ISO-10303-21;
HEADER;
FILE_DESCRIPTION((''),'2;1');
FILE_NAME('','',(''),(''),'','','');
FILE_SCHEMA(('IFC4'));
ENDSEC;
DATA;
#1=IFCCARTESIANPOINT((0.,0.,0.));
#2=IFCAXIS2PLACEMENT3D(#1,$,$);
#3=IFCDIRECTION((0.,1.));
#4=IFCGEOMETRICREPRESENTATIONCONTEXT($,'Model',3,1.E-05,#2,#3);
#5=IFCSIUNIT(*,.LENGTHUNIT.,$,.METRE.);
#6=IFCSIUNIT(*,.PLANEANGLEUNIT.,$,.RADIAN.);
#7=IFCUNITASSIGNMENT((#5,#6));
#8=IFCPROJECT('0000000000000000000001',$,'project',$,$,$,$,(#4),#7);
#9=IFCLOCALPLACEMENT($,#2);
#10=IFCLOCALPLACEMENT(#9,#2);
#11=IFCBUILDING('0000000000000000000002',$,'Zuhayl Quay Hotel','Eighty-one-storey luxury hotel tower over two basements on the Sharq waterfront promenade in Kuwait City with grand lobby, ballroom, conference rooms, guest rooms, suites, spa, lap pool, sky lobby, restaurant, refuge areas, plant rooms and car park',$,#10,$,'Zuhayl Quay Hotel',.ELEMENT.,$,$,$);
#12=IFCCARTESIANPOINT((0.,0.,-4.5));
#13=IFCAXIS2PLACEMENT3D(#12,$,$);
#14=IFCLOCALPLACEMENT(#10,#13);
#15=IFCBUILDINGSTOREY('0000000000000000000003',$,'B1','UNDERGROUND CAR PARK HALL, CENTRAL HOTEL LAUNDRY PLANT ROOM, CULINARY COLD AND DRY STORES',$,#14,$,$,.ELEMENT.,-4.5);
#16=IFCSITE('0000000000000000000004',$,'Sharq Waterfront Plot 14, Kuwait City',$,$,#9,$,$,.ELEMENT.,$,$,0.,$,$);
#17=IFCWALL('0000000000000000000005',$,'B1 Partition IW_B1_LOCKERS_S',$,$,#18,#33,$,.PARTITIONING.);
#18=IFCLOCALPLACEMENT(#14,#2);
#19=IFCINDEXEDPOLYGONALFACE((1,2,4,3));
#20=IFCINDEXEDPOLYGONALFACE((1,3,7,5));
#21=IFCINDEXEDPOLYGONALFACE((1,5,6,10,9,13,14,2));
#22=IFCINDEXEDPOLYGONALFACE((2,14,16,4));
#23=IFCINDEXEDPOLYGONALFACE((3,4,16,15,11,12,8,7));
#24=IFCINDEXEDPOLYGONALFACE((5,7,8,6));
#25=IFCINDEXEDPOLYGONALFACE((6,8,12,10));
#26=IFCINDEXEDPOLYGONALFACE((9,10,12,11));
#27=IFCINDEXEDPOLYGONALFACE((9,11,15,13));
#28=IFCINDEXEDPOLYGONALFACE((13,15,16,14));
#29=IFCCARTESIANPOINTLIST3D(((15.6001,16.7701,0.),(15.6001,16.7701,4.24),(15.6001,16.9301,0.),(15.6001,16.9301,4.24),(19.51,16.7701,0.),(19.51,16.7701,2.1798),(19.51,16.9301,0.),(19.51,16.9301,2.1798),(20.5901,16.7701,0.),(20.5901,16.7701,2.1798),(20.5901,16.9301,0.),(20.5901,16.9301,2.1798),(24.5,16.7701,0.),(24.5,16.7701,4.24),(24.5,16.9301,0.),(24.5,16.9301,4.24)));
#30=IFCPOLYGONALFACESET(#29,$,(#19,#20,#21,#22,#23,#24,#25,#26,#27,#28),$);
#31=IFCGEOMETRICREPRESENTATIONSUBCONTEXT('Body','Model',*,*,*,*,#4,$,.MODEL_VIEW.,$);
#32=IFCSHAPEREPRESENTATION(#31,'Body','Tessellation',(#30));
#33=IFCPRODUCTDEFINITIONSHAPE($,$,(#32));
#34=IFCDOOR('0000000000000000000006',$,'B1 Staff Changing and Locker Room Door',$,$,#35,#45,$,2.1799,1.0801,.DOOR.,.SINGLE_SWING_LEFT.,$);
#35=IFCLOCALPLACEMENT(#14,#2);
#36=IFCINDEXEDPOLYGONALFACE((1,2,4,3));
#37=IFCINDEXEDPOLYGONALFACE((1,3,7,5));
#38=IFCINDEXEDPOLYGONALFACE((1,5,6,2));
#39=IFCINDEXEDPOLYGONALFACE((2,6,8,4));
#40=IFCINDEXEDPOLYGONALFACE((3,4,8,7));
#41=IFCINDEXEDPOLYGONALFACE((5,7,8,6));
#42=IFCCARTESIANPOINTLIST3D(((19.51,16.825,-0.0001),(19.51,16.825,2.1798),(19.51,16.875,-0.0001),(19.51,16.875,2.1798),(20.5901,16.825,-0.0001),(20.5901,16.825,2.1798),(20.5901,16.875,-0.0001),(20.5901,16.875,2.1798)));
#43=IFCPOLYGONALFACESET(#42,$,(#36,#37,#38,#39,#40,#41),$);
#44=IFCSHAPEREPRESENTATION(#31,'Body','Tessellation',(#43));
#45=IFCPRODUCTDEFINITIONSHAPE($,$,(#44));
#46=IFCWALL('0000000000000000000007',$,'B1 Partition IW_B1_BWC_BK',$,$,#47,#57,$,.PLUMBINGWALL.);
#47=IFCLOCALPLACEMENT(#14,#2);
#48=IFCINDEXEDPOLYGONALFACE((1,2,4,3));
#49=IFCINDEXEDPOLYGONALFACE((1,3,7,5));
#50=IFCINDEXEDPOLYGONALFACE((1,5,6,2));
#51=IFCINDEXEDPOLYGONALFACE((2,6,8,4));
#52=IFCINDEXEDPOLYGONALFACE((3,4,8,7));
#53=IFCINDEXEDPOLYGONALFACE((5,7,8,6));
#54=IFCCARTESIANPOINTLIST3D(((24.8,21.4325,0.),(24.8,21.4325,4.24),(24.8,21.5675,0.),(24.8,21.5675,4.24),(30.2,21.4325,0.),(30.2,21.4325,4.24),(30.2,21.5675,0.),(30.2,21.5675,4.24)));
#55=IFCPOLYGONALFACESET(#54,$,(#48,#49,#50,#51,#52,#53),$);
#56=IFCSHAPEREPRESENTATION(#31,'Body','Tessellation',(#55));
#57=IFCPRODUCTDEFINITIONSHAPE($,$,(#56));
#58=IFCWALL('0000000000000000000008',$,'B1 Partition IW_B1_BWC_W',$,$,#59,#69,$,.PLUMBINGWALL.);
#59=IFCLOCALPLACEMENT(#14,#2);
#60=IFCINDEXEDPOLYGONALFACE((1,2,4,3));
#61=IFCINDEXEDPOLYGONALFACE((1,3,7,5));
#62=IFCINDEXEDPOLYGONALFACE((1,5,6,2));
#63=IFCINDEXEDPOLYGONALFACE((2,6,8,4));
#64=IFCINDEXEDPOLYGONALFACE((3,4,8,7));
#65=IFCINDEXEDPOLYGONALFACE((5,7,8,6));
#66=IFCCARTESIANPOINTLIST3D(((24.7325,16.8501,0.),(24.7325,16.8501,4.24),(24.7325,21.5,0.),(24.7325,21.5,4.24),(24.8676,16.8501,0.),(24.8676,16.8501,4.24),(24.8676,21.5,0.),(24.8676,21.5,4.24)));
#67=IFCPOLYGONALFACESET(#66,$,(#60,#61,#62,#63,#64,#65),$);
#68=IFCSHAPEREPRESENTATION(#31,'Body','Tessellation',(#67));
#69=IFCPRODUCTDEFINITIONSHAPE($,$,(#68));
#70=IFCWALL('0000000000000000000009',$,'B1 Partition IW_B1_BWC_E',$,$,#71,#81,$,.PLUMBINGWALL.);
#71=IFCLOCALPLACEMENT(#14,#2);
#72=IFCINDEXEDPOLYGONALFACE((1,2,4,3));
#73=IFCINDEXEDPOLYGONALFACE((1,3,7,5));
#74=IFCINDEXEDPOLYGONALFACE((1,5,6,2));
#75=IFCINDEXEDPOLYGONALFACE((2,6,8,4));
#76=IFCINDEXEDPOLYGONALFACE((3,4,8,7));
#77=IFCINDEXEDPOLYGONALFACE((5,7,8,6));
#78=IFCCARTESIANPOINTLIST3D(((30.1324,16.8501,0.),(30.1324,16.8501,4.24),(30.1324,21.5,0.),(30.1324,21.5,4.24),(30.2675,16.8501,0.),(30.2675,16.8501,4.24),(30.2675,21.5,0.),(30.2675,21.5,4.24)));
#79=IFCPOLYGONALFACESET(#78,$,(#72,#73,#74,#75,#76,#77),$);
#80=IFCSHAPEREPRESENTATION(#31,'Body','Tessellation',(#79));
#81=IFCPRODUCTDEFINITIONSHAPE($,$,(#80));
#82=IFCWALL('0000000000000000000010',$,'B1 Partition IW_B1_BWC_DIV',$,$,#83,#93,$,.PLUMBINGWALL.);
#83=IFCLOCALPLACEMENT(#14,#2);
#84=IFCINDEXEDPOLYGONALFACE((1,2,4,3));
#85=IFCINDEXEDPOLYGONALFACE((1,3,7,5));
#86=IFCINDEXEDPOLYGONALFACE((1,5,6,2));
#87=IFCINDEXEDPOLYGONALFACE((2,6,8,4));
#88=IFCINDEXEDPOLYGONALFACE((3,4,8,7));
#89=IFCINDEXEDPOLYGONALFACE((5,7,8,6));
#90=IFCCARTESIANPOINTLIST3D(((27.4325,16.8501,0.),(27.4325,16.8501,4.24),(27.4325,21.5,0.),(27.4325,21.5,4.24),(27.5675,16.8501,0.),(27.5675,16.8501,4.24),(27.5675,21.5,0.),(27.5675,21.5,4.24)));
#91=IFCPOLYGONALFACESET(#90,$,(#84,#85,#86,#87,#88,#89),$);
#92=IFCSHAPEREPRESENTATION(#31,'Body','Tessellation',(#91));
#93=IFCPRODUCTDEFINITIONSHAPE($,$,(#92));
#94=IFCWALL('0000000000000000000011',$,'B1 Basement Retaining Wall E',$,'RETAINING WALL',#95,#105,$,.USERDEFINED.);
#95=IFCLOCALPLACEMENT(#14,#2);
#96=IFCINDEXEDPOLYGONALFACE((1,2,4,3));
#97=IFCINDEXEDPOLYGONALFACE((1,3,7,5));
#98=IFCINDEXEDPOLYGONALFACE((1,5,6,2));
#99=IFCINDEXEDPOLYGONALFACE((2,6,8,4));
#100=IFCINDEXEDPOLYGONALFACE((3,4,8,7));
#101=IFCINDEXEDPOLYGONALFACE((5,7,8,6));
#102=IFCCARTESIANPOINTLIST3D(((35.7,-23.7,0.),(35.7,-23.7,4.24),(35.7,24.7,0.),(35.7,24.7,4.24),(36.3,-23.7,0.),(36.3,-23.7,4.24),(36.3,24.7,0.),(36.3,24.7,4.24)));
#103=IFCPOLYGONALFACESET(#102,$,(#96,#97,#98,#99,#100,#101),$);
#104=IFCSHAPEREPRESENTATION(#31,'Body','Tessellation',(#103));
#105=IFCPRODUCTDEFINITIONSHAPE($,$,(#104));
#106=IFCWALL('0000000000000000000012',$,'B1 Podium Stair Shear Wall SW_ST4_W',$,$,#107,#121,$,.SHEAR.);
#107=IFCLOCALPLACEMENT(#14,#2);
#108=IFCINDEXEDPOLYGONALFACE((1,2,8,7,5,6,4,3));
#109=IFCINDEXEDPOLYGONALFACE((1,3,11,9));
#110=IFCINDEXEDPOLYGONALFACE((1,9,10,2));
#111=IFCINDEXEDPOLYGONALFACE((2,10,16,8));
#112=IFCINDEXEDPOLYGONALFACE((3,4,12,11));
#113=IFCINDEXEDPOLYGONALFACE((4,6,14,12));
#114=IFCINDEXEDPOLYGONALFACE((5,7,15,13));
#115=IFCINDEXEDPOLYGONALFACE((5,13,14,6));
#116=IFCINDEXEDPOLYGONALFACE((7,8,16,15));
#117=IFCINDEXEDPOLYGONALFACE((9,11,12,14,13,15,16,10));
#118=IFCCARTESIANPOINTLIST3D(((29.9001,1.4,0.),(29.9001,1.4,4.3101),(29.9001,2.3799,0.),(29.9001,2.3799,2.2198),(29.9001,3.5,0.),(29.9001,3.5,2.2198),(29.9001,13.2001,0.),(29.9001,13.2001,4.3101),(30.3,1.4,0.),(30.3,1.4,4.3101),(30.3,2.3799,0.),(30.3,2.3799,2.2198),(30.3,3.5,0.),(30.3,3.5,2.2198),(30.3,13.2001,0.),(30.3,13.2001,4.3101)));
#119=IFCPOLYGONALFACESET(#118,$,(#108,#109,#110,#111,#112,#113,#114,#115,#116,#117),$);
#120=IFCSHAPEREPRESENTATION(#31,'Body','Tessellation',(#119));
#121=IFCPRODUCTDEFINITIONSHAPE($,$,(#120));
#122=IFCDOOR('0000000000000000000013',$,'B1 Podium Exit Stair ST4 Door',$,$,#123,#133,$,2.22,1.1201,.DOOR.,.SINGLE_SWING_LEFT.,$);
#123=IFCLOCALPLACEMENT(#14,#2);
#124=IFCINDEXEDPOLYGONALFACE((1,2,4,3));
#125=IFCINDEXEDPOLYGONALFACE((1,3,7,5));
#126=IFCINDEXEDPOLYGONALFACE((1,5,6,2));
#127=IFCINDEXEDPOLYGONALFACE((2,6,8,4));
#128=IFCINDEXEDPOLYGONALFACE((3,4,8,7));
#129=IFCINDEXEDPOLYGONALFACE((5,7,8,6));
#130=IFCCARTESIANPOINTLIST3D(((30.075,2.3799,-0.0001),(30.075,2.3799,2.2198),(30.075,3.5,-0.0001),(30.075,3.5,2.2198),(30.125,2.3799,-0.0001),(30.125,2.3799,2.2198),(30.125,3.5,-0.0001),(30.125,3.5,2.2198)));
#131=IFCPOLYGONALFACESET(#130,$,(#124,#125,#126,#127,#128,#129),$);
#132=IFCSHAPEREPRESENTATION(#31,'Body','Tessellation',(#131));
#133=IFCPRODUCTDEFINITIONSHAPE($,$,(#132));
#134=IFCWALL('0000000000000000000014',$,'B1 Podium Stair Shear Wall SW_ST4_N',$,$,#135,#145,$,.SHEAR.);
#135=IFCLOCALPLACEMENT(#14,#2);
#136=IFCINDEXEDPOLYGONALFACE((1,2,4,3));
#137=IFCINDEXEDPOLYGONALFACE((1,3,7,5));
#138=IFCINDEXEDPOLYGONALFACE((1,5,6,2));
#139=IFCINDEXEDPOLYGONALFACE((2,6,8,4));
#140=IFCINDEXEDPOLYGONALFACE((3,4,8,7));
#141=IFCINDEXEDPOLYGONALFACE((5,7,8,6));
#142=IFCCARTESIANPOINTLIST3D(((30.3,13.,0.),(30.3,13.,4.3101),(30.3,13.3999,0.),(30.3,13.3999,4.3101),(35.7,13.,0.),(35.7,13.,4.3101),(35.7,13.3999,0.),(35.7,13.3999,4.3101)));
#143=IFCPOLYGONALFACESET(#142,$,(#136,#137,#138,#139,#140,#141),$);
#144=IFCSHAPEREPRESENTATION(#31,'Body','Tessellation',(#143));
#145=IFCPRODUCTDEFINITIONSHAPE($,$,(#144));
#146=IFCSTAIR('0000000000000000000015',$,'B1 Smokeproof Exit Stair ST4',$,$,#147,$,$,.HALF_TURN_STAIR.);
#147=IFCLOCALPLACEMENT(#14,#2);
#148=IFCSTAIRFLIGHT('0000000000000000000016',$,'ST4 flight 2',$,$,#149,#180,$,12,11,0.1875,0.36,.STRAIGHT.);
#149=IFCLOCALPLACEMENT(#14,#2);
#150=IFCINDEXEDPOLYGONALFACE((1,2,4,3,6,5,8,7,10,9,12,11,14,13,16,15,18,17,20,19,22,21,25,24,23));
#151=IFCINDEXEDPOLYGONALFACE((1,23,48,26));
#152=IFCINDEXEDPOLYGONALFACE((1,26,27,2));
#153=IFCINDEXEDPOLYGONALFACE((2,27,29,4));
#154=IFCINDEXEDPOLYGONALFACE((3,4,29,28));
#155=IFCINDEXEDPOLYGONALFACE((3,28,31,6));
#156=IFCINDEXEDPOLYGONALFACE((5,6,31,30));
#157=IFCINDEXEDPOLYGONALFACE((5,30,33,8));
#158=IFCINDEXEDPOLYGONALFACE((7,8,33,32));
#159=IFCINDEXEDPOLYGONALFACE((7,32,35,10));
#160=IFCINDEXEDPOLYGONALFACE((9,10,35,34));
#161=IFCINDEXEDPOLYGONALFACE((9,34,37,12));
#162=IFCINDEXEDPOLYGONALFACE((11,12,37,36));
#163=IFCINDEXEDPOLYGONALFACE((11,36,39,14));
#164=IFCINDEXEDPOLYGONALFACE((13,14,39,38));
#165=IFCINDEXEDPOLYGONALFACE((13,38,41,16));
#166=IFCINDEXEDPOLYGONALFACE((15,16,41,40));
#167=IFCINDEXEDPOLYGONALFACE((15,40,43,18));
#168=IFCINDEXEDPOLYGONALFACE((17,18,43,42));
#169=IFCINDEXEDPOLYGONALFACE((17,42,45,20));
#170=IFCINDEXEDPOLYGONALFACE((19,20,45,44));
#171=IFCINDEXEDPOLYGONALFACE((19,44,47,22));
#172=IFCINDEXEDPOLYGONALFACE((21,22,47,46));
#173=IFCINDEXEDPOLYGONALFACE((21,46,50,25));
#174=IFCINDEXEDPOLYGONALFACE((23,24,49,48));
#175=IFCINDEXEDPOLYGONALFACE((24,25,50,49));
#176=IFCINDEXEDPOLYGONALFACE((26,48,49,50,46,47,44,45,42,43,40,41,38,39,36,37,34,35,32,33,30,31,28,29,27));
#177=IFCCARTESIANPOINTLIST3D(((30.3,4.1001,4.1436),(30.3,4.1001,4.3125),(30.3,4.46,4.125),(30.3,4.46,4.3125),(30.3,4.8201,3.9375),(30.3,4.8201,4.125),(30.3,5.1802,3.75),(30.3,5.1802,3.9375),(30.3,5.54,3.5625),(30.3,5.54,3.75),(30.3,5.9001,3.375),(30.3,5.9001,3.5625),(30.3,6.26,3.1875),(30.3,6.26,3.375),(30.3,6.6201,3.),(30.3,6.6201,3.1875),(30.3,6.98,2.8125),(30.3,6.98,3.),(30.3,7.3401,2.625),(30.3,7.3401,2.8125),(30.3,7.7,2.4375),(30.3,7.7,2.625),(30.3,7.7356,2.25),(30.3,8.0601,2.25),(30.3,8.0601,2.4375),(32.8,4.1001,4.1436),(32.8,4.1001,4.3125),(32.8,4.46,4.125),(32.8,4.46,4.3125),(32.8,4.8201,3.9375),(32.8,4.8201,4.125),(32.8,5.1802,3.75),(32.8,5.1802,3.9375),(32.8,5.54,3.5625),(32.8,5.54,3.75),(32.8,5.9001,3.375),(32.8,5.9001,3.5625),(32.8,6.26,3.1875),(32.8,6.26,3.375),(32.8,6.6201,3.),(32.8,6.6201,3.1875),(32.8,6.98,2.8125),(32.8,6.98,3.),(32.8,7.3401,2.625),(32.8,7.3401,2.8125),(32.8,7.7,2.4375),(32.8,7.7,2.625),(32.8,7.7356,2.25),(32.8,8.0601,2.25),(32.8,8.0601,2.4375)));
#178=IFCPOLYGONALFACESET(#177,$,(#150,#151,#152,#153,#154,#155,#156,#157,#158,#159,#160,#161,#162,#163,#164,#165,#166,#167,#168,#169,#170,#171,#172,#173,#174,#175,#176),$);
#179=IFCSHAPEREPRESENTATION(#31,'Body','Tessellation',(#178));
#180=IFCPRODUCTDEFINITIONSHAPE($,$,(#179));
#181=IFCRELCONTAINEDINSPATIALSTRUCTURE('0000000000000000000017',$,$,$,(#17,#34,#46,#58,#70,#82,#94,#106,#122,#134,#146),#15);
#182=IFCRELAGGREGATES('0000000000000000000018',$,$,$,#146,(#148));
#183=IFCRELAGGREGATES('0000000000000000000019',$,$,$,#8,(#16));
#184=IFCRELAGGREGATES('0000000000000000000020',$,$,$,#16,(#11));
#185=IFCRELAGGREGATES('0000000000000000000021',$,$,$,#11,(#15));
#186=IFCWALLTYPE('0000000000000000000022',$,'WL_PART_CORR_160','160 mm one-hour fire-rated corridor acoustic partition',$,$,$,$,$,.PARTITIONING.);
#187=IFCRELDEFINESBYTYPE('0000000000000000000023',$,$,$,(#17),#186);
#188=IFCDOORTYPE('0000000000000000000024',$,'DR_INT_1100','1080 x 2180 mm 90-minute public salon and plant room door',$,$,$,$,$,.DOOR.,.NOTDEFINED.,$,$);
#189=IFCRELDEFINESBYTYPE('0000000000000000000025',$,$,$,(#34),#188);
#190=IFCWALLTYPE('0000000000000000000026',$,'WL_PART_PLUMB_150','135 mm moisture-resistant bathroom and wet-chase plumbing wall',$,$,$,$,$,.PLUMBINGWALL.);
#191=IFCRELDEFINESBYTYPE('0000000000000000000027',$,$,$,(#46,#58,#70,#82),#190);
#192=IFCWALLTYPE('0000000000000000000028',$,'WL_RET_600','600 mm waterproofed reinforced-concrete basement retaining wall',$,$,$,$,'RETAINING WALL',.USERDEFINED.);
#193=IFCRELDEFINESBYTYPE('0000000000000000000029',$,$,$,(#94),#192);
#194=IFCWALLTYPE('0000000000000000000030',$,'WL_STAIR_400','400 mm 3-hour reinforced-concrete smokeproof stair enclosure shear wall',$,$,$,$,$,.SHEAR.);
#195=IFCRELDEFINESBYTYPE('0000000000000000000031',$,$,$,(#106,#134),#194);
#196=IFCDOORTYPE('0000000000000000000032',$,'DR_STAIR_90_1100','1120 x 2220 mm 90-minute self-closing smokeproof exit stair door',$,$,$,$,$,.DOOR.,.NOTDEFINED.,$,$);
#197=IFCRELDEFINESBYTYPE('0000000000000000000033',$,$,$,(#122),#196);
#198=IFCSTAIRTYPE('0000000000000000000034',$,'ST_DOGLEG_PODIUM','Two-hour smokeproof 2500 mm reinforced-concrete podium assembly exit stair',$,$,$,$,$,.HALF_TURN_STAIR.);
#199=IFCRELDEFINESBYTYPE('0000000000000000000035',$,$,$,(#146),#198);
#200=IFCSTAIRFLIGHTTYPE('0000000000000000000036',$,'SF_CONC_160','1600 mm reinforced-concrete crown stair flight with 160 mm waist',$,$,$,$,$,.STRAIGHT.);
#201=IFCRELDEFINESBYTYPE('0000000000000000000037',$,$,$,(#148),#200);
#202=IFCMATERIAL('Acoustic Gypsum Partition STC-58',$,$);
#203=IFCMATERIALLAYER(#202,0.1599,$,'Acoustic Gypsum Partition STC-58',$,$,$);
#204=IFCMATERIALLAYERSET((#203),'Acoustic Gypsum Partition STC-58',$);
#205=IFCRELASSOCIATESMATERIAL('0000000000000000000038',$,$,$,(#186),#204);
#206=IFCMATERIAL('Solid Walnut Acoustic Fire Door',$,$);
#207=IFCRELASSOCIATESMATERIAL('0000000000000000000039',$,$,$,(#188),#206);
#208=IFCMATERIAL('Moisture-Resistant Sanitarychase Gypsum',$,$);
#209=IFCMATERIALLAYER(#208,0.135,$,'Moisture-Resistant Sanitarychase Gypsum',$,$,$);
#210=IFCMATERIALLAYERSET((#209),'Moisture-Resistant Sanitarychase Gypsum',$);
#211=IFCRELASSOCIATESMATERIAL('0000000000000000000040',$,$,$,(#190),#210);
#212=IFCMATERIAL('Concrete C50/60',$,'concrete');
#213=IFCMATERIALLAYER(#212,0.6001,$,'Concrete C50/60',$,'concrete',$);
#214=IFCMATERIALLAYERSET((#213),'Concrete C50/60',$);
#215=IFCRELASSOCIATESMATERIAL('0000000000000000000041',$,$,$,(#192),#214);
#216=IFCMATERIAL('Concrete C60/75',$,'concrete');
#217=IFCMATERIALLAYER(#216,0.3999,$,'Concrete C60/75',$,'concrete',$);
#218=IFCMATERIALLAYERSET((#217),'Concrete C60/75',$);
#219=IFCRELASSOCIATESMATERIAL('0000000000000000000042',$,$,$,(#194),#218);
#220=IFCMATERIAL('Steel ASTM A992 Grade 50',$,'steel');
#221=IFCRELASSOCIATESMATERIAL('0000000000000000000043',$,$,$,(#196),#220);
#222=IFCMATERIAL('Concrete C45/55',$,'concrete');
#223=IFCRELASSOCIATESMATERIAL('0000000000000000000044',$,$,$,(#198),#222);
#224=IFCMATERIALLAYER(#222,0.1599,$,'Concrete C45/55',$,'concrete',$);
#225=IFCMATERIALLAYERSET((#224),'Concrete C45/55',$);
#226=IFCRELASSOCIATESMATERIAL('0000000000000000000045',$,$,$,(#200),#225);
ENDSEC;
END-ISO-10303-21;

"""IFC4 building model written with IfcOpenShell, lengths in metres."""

from ifc_helpers import new_model, si_unit, direction, frame, frame_2d, origin, place, context, subcontext, project, spatial, polyline, rectangle, outline, extrude, material, layer, layer_set, type_object, element, fill, aggregate, save


model = new_model("IFC4")

# Units and contexts
model_context = context("Model", 3, precision=1e-05, world=origin(), true_north=direction((0.0, 1.0)))
body_context = subcontext(model_context, "Body", "Model", "MODEL_VIEW")
ifc_project = project(units=[si_unit("LENGTHUNIT", "METRE"), si_unit("PLANEANGLEUNIT", "RADIAN")], contexts=[model_context])

# Site, building, storey
site_placement = place(None, origin())
site = spatial("IfcSite", under=ifc_project, at=site_placement, Name="Sharq Waterfront Plot 14, Kuwait City", CompositionType="ELEMENT", RefElevation=0.0)
building_placement = place(site_placement, origin())
building = spatial("IfcBuilding", under=site, at=building_placement, Name="Zuhayl Quay Hotel", Description="Eighty-one-storey luxury hotel tower over two basements on the Sharq waterfront promenade in Kuwait City with grand lobby, ballroom, conference rooms, guest rooms, suites, spa, lap pool, sky lobby, restaurant, refuge areas, plant rooms and car park", LongName="Zuhayl Quay Hotel", CompositionType="ELEMENT")
storey_placement = place(building_placement, frame((0.0, 0.0, -4.5)))
storey = spatial("IfcBuildingStorey", under=building, at=storey_placement, Name="B1", Description="UNDERGROUND CAR PARK HALL, CENTRAL HOTEL LAUNDRY PLANT ROOM, CULINARY COLD AND DRY STORES", CompositionType="ELEMENT", Elevation=-4.5)

# Shared definitions
ifc_material_1 = material(Name="Concrete C50/60", Category="concrete")

# Shared definitions
ifc_material_2 = material(Name="Steel ASTM A992 Grade 50", Category="steel")

# Shared definitions
ifc_material_3 = material(Name="Acoustic Gypsum Partition STC-58")

# Wall, opening, door
ifc_layer_1 = layer(ifc_material_3, 0.1599, Name="Acoustic Gypsum Partition STC-58")
ifc_layer_set_1 = layer_set([ifc_layer_1], Name="Acoustic Gypsum Partition STC-58")
wall_type_1 = type_object("IfcWallType", Name="WL_PART_CORR_160", Description="160 mm one-hour fire-rated corridor acoustic partition", PredefinedType="PARTITIONING", material=ifc_layer_set_1)
wall_1_placement = place(storey_placement, frame((15.6001, 16.8501, 0.0), z_axis=(0.0, 0.0, 1.0), x_axis=(1.0, 0.0, 0.0)))
wall_1 = element("IfcWall", 1, at=wall_1_placement, inside=storey, type_object=wall_type_1, Name="B1 Partition IW_B1_LOCKERS_S", PredefinedType="PARTITIONING", context=body_context, shape_type="SweptSolid", body=[
    extrude(rectangle(XDim=8.8999, YDim=0.1599, at=frame_2d((4.45, 0.0))), origin(), (0.0, 0.0, 1.0), 4.24),
])
opening_1_placement = place(wall_1_placement, frame((3.9099, 0.0, 0.0)))
opening_1 = element("IfcOpeningElement", 2, at=opening_1_placement, cuts=wall_1, PredefinedType="OPENING", context=body_context, shape_type="SweptSolid", body=[
    extrude(rectangle(XDim=1.0801, YDim=2.1799, at=frame_2d((0.54, 1.0898))), frame((0.0, 0.0898, 0.0), z_axis=(0.0, -1.0, 0.0), x_axis=(1.0, 0.0, 0.0)), (0.0, 0.0, 1.0), 0.1799),
])
ifc_material_4 = material(Name="Solid Walnut Acoustic Fire Door")
door_type_1 = type_object("IfcDoorType", Name="DR_INT_1100", Description="1080 x 2180 mm 90-minute public salon and plant room door", OperationType="NOTDEFINED", PredefinedType="DOOR", material=ifc_material_4)
door_1_placement = place(opening_1_placement, origin())
door_1 = element("IfcDoor", 3, at=door_1_placement, inside=storey, type_object=door_type_1, Name="B1 Staff Changing and Locker Room Door", OperationType="SINGLE_SWING_LEFT", OverallHeight=2.1799, OverallWidth=1.0801, PredefinedType="DOOR", context=body_context, shape_type="SweptSolid", body=[
    extrude(rectangle(XDim=1.0801, YDim=2.1799, at=frame_2d((0.54, 1.0898))), frame((0.0, 0.0249, 0.0), z_axis=(0.0, -1.0, 0.0), x_axis=(1.0, 0.0, 0.0)), (0.0, 0.0, 1.0), 0.05),
])
fill(opening_1, door_1)
ifc_material_5 = material(Name="Moisture-Resistant Sanitarychase Gypsum")
ifc_layer_2 = layer(ifc_material_5, 0.135, Name="Moisture-Resistant Sanitarychase Gypsum")
ifc_layer_set_2 = layer_set([ifc_layer_2], Name="Moisture-Resistant Sanitarychase Gypsum")
wall_type_2 = type_object("IfcWallType", Name="WL_PART_PLUMB_150", Description="135 mm moisture-resistant bathroom and wet-chase plumbing wall", PredefinedType="PLUMBINGWALL", material=ifc_layer_set_2)

# Walls
wall_2_placement = place(storey_placement, frame((24.8, 21.5, 0.0), z_axis=(0.0, 0.0, 1.0), x_axis=(1.0, 0.0, 0.0)))
element("IfcWall", 4, at=wall_2_placement, inside=storey, type_object=wall_type_2, Name="B1 Partition IW_B1_BWC_BK", PredefinedType="PLUMBINGWALL", context=body_context, shape_type="SweptSolid", body=[
    extrude(rectangle(XDim=5.3999, YDim=0.135, at=frame_2d((2.7, 0.0))), origin(), (0.0, 0.0, 1.0), 4.24),
])
for number, where, z_axis, x_axis, name in (
    (5, (24.8, 16.8501, 0.0), (0.0, 0.0, 1.0), (0.0, 1.0, 0.0), "B1 Partition IW_B1_BWC_W"),
    (6, (30.2, 16.8501, 0.0), (0.0, 0.0, 1.0), (0.0, 1.0, 0.0), "B1 Partition IW_B1_BWC_E"),
    (7, (27.5, 16.8501, 0.0), (0.0, 0.0, 1.0), (0.0, 1.0, 0.0), "B1 Partition IW_B1_BWC_DIV"),
):
    element("IfcWall", number, at=place(storey_placement, frame(where, z_axis=z_axis, x_axis=x_axis)), inside=storey, type_object=wall_type_2, Name=name, PredefinedType="PLUMBINGWALL", context=body_context, shape_type="SweptSolid", body=[
        extrude(rectangle(XDim=4.6499, YDim=0.135, at=frame_2d((2.325, 0.0))), origin(), (0.0, 0.0, 1.0), 4.24),
    ])
ifc_layer_3 = layer(ifc_material_1, 0.6001, Name="Concrete C50/60", Category="concrete")
ifc_layer_set_3 = layer_set([ifc_layer_3], Name="Concrete C50/60")
wall_type_3 = type_object("IfcWallType", Name="WL_RET_600", Description="600 mm waterproofed reinforced-concrete basement retaining wall", ElementType="RETAINING WALL", PredefinedType="USERDEFINED", material=ifc_layer_set_3)
wall_3_placement = place(storey_placement, frame((36.0, 24.7, 0.0), z_axis=(0.0, 0.0, 1.0), x_axis=(0.0, -1.0, 0.0)))
element("IfcWall", 8, at=wall_3_placement, inside=storey, type_object=wall_type_3, Name="B1 Basement Retaining Wall E", ObjectType="RETAINING WALL", PredefinedType="USERDEFINED", context=body_context, shape_type="SweptSolid", body=[
    extrude(rectangle(XDim=48.3999, YDim=0.6001, at=frame_2d((24.2, 0.0))), origin(), (0.0, 0.0, 1.0), 4.24),
])

# Wall, opening, door
ifc_material_6 = material(Name="Concrete C60/75", Category="concrete")
ifc_layer_4 = layer(ifc_material_6, 0.3999, Name="Concrete C60/75", Category="concrete")
ifc_layer_set_4 = layer_set([ifc_layer_4], Name="Concrete C60/75")
wall_type_4 = type_object("IfcWallType", Name="WL_STAIR_400", Description="400 mm 3-hour reinforced-concrete smokeproof stair enclosure shear wall", PredefinedType="SHEAR", material=ifc_layer_set_4)
wall_4_placement = place(storey_placement, frame((30.1001, 13.2, 0.0), z_axis=(0.0, 0.0, 1.0), x_axis=(0.0, -1.0, 0.0)))
wall_4 = element("IfcWall", 9, at=wall_4_placement, inside=storey, type_object=wall_type_4, Name="B1 Podium Stair Shear Wall SW_ST4_W", PredefinedType="SHEAR", context=body_context, shape_type="SweptSolid", body=[
    extrude(rectangle(XDim=11.8, YDim=0.3999, at=frame_2d((5.8999, 0.0))), origin(), (0.0, 0.0, 1.0), 4.3101),
])
opening_2_placement = place(wall_4_placement, frame((9.7, 0.0, 0.0)))
opening_2 = element("IfcOpeningElement", 10, at=opening_2_placement, cuts=wall_4, PredefinedType="OPENING", context=body_context, shape_type="SweptSolid", body=[
    extrude(rectangle(XDim=1.1201, YDim=2.22, at=frame_2d((0.5601, 1.1099))), frame((0.0, 0.21, 0.0), z_axis=(0.0, -1.0, 0.0), x_axis=(1.0, 0.0, 0.0)), (0.0, 0.0, 1.0), 0.4199),
])
door_type_2 = type_object("IfcDoorType", Name="DR_STAIR_90_1100", Description="1120 x 2220 mm 90-minute self-closing smokeproof exit stair door", OperationType="NOTDEFINED", PredefinedType="DOOR", material=ifc_material_2)
door_2_placement = place(opening_2_placement, origin())
door_2 = element("IfcDoor", 11, at=door_2_placement, inside=storey, type_object=door_type_2, Name="B1 Podium Exit Stair ST4 Door", OperationType="SINGLE_SWING_LEFT", OverallHeight=2.22, OverallWidth=1.1201, PredefinedType="DOOR", context=body_context, shape_type="SweptSolid", body=[
    extrude(rectangle(XDim=1.1201, YDim=2.22, at=frame_2d((0.5601, 1.1099))), frame((0.0, 0.0249, 0.0), z_axis=(0.0, -1.0, 0.0), x_axis=(1.0, 0.0, 0.0)), (0.0, 0.0, 1.0), 0.05),
])
fill(opening_2, door_2)

# Wall
wall_5_placement = place(storey_placement, frame((30.3, 13.2, 0.0), z_axis=(0.0, 0.0, 1.0), x_axis=(1.0, 0.0, 0.0)))
element("IfcWall", 12, at=wall_5_placement, inside=storey, type_object=wall_type_4, Name="B1 Podium Stair Shear Wall SW_ST4_N", PredefinedType="SHEAR", context=body_context, shape_type="SweptSolid", body=[
    extrude(rectangle(XDim=5.3999, YDim=0.3999, at=frame_2d((2.7, 0.0))), origin(), (0.0, 0.0, 1.0), 4.3101),
])

# Stair, stair flight
ifc_material_7 = material(Name="Concrete C45/55", Category="concrete")
stair_type_1 = type_object("IfcStairType", Name="ST_DOGLEG_PODIUM", Description="Two-hour smokeproof 2500 mm reinforced-concrete podium assembly exit stair", PredefinedType="HALF_TURN_STAIR", material=ifc_material_7)
stair_1_placement = place(storey_placement, origin())
stair_1 = element("IfcStair", 13, at=stair_1_placement, inside=storey, type_object=stair_type_1, Name="B1 Smokeproof Exit Stair ST4", PredefinedType="HALF_TURN_STAIR")
ifc_layer_5 = layer(ifc_material_7, 0.1599, Name="Concrete C45/55", Category="concrete")
ifc_layer_set_5 = layer_set([ifc_layer_5], Name="Concrete C45/55")
stair_flight_type_1 = type_object("IfcStairFlightType", Name="SF_CONC_160", Description="1600 mm reinforced-concrete crown stair flight with 160 mm waist", PredefinedType="STRAIGHT", material=ifc_layer_set_5)
stair_flight_1_placement = place(storey_placement, frame((31.55, 8.0601, 2.25), z_axis=(0.0, 0.0, 1.0), x_axis=(0.0, -1.0, 0.0)))
stair_flight_1 = element("IfcStairFlight", 14, at=stair_flight_1_placement, type_object=stair_flight_type_1, Name="ST4 flight 2", NumberOfRisers=12, NumberOfTreads=11, PredefinedType="STRAIGHT", RiserHeight=0.1875, TreadLength=0.36, context=body_context, shape_type="SweptSolid", body=[
    extrude(outline(polyline([(0.0, 0.0), (0.0, 0.1875), (0.3601, 0.1875), (0.3601, 0.375), (0.72, 0.375), (0.72, 0.5625), (1.0801, 0.5625), (1.0801, 0.75), (1.4399, 0.75), (1.4399, 0.9375), (1.8, 0.9375), (1.8, 1.125), (2.1599, 1.125), (2.1599, 1.3125), (2.52, 1.3125), (2.52, 1.5), (2.8799, 1.5), (2.8799, 1.6875), (3.24, 1.6875), (3.24, 1.875), (3.6001, 1.875), (3.6001, 2.0625), (3.96, 2.0625), (3.96, 2.25), (3.96, 1.8936), (0.3245, 0.0), (0.0, 0.0)])), frame((0.0, 1.25, 0.0), z_axis=(0.0, -1.0, 0.0), x_axis=(1.0, 0.0, 0.0)), (0.0, 0.0, 1.0), 2.5),
])
aggregate(stair_1, [stair_flight_1])

save(model, "model.ifc")
